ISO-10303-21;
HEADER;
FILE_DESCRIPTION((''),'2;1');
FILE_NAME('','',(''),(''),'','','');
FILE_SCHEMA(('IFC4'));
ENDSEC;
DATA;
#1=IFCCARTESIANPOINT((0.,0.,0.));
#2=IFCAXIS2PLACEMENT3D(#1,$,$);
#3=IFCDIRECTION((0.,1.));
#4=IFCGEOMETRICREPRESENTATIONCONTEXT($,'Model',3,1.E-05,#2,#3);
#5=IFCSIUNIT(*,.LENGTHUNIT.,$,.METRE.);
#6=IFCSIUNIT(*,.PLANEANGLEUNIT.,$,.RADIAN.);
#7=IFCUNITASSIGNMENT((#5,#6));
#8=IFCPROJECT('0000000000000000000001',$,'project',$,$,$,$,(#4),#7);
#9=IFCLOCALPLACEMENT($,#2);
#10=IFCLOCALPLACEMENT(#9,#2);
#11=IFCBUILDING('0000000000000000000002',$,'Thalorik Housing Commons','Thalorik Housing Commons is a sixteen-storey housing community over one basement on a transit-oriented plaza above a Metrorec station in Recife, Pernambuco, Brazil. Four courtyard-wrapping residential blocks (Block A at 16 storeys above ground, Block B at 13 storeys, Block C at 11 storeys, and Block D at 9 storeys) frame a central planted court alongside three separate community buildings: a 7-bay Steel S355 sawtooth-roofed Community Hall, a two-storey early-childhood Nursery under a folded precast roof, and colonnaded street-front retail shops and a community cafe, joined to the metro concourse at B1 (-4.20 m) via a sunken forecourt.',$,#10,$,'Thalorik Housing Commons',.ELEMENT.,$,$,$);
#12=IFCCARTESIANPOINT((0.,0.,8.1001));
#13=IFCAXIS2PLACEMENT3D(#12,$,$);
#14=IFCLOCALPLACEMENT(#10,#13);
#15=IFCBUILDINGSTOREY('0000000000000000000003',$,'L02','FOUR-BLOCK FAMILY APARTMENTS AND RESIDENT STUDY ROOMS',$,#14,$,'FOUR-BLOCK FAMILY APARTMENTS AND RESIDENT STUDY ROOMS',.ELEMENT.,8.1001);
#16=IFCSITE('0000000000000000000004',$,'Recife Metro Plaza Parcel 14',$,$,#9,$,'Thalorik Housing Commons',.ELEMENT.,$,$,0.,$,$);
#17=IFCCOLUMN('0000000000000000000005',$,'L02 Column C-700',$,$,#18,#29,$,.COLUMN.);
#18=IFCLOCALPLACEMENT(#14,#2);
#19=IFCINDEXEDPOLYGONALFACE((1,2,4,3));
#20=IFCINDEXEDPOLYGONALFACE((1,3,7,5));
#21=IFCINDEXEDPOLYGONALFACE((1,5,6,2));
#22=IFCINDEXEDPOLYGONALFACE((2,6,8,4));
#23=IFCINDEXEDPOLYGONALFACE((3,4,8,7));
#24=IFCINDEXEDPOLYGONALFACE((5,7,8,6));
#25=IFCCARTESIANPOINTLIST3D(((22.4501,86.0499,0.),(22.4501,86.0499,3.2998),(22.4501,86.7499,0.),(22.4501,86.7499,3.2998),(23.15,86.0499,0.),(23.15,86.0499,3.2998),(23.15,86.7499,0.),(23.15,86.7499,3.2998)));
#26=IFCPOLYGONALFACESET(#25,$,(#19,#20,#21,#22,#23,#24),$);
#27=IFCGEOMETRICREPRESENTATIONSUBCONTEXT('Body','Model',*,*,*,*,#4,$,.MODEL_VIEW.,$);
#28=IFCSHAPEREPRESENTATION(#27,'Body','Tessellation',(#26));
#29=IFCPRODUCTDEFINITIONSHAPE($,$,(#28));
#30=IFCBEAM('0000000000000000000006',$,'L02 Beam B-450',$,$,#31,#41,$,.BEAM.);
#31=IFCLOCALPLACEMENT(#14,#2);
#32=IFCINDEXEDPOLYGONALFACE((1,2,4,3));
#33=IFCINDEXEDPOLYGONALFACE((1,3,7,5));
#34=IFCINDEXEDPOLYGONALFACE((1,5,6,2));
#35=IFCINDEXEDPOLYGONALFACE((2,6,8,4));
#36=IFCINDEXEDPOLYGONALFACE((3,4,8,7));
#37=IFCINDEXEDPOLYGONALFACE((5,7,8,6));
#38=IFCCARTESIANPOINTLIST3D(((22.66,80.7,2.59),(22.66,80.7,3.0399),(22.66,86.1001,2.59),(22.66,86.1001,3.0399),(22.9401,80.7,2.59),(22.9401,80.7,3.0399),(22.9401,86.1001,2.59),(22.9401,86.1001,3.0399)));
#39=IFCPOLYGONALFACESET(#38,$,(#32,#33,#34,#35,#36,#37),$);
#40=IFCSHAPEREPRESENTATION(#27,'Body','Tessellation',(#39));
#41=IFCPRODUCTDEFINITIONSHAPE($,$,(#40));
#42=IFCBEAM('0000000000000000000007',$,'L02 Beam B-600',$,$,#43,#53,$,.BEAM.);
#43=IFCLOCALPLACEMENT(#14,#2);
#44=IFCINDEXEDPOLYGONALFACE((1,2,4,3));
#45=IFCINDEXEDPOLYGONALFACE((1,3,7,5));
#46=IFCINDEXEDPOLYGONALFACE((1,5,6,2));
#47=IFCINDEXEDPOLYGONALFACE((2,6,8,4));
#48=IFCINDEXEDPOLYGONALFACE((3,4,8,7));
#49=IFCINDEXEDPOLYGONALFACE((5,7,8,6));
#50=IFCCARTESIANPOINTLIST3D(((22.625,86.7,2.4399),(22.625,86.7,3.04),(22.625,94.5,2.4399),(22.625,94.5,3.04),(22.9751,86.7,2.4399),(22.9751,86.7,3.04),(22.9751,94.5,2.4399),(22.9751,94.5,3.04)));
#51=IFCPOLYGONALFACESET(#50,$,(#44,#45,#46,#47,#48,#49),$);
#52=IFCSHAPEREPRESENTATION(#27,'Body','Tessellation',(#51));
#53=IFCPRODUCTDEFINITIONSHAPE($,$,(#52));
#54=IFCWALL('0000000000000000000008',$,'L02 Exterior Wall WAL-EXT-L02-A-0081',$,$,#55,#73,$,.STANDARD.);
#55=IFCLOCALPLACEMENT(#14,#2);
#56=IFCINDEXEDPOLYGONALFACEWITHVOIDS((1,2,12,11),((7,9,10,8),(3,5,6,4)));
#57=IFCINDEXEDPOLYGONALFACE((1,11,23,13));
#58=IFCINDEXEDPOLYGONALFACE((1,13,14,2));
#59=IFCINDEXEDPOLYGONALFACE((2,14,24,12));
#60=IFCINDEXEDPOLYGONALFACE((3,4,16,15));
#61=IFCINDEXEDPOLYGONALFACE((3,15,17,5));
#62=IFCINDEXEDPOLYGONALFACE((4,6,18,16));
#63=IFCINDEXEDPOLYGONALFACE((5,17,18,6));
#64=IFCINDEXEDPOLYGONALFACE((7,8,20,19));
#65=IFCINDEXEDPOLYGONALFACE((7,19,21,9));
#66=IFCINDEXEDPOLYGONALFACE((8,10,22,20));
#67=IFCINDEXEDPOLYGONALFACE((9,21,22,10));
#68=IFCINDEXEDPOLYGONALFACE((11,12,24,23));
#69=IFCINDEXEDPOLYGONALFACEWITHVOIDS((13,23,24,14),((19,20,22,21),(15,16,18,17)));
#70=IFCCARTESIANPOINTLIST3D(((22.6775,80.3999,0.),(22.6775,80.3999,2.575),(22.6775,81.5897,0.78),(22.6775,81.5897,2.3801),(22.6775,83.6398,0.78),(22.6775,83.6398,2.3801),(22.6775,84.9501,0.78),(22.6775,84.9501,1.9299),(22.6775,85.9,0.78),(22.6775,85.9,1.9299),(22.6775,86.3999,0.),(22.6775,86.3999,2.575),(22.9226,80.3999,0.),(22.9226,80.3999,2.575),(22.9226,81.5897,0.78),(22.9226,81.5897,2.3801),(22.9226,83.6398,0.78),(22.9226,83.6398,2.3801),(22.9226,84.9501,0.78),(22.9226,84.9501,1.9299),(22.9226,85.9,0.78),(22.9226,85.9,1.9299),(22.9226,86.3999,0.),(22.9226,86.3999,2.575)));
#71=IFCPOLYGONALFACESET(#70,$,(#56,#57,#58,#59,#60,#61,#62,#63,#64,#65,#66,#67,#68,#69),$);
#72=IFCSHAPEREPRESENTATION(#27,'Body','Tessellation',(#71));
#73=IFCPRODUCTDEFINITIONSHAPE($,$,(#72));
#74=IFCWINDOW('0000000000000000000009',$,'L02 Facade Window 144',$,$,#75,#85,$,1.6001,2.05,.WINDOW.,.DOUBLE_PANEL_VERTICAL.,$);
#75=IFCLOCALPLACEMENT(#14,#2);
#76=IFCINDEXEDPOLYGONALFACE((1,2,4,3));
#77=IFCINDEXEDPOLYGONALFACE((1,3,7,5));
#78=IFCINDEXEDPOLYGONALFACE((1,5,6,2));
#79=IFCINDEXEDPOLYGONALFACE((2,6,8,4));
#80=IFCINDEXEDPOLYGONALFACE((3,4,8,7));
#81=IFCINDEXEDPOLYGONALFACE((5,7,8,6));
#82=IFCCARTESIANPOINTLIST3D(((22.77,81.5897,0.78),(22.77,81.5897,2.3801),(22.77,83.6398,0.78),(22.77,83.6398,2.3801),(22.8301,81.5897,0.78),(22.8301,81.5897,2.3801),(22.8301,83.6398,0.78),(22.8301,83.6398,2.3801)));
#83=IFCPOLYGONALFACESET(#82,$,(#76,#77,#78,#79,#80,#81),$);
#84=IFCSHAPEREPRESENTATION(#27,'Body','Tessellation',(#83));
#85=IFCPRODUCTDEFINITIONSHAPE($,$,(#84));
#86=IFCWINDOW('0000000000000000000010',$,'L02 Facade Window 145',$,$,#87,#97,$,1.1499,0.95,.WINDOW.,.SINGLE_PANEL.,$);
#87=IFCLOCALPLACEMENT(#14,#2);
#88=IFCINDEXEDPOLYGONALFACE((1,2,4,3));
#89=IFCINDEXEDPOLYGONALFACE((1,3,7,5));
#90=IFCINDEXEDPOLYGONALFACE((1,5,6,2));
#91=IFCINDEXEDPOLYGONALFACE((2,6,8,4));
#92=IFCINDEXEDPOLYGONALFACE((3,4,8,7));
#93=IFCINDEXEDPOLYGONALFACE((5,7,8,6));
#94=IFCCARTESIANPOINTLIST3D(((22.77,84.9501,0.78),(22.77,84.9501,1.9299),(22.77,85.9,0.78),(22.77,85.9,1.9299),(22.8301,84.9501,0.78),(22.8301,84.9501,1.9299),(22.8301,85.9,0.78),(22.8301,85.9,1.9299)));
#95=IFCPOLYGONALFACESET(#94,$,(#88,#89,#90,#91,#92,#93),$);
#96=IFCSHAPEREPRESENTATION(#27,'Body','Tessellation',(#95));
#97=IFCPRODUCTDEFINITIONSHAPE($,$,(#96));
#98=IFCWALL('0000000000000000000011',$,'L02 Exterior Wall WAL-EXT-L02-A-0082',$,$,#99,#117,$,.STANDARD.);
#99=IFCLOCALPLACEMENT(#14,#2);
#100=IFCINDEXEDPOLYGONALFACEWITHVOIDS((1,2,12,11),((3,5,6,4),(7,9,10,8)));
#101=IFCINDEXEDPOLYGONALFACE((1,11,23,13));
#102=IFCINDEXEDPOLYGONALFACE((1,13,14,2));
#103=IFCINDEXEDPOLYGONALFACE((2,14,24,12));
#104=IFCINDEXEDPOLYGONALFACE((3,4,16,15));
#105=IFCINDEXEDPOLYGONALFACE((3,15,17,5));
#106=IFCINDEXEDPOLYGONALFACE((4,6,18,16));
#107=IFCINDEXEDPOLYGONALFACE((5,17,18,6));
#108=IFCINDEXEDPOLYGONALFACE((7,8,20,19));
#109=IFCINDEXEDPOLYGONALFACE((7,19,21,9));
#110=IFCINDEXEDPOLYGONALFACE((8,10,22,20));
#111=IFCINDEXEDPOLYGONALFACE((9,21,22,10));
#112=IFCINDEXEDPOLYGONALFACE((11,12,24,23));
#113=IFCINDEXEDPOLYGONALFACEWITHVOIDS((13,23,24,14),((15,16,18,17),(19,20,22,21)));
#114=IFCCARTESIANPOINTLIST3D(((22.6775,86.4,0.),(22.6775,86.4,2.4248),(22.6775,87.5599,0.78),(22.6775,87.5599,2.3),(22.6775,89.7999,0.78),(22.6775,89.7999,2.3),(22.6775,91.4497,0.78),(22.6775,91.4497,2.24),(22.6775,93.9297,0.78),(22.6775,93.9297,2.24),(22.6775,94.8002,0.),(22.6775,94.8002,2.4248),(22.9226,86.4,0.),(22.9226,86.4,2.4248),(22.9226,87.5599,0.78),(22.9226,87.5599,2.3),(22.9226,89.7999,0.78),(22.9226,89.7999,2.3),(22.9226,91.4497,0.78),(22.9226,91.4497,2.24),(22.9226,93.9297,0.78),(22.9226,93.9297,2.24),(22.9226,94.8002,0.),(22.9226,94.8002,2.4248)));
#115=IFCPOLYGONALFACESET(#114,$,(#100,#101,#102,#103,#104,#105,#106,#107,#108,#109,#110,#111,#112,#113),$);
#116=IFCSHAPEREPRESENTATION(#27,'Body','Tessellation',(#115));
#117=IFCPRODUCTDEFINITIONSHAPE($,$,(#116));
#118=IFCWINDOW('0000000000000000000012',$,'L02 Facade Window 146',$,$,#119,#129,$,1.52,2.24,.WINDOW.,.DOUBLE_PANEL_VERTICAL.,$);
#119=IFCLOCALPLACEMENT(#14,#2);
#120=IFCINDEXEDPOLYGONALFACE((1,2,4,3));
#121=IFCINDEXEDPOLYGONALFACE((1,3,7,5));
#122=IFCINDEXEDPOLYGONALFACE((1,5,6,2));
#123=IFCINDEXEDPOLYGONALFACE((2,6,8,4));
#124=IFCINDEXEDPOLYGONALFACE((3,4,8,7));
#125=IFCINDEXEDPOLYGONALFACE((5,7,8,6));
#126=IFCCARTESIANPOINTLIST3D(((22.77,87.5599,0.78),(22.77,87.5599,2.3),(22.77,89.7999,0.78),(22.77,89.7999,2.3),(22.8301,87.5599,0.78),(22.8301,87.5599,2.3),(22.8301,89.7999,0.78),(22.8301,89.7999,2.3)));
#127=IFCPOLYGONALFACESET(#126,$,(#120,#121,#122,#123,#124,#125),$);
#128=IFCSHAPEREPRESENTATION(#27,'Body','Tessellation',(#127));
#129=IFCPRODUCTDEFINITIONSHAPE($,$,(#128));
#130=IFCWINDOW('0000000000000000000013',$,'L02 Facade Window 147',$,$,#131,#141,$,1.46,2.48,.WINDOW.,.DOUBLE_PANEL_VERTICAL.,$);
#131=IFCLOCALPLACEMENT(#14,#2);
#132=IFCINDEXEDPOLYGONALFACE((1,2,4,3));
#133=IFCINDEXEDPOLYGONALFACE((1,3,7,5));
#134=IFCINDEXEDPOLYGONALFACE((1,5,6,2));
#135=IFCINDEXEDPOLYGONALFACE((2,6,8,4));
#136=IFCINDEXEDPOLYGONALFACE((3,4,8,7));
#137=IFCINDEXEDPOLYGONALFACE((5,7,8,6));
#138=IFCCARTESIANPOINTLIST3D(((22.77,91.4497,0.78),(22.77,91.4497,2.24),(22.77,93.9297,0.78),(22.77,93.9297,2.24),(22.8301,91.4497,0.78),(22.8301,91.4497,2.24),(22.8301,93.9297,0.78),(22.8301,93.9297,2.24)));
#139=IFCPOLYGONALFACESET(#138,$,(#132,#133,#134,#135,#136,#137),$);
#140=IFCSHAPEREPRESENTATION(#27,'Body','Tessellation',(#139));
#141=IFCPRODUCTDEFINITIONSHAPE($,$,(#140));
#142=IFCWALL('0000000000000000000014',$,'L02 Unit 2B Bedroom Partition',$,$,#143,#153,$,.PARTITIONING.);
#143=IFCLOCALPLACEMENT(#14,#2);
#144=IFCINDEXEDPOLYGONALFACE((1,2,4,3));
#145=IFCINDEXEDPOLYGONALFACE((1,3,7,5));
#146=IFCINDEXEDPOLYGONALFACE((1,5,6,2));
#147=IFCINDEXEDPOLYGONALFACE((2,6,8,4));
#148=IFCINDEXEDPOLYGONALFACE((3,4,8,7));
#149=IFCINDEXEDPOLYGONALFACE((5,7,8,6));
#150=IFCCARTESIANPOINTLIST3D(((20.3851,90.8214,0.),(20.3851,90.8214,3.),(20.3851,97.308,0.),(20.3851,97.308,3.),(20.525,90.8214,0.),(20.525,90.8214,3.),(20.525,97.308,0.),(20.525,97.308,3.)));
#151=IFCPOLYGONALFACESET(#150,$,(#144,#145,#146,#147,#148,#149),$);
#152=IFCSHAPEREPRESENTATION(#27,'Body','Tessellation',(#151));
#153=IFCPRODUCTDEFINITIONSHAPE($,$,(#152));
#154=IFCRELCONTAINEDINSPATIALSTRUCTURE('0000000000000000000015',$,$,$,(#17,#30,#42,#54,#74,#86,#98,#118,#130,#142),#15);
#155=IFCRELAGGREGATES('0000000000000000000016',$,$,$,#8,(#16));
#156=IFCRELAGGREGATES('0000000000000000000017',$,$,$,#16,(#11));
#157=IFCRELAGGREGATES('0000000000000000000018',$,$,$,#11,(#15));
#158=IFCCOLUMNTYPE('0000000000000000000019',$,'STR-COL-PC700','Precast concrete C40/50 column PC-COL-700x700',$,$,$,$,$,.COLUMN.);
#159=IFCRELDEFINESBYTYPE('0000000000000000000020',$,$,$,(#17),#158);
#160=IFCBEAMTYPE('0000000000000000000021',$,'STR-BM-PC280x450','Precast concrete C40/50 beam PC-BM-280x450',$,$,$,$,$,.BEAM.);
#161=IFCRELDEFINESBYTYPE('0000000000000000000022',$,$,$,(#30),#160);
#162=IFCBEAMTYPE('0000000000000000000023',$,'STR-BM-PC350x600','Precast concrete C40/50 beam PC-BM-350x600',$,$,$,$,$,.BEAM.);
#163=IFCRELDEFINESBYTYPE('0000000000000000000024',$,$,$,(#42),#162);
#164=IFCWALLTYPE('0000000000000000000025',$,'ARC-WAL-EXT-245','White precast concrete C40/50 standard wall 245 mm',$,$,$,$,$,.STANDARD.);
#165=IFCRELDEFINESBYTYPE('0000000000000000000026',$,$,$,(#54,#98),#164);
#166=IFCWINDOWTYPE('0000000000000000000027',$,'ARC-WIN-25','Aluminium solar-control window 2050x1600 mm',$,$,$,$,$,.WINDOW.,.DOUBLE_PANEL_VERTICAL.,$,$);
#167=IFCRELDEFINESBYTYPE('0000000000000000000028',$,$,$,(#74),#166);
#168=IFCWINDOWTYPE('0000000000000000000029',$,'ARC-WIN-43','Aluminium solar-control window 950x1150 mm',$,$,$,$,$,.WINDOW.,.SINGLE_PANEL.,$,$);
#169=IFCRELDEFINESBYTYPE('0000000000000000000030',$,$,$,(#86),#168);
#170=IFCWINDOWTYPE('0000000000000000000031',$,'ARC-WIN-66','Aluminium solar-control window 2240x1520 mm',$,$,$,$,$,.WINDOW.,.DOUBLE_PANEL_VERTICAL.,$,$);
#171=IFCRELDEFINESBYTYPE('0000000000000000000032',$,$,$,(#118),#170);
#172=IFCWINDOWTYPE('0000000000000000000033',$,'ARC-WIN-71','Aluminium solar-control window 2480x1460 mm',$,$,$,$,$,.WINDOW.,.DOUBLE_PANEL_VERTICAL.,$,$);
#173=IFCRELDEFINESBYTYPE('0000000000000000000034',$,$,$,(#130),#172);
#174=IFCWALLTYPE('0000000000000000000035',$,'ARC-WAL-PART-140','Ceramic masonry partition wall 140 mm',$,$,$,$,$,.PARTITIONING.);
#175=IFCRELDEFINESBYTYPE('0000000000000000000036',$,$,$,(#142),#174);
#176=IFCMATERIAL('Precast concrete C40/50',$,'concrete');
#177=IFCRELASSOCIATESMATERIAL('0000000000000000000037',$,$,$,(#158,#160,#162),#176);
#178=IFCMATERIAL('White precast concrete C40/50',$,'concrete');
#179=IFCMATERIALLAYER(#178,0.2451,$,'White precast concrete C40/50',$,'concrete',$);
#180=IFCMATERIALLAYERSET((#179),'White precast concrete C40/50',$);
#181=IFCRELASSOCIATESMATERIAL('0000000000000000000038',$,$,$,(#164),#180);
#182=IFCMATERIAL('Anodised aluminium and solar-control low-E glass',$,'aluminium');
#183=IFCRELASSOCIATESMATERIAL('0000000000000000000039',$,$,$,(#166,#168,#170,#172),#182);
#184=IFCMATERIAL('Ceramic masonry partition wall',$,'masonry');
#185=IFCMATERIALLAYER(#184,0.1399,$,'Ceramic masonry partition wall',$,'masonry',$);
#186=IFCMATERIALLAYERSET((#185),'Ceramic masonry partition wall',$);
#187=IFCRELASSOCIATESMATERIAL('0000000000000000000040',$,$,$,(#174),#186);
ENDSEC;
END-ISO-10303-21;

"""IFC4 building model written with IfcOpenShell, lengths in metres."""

from ifc_helpers import new_model, si_unit, direction, frame, frame_2d, origin, origin_2d, place, context, subcontext, project, spatial, rectangle, extrude, material, layer, layer_set, material_profile, profile_set, type_object, element, fill, save


model = new_model("IFC4")

# Units and contexts
model_context = context("Model", 3, precision=1e-05, world=origin(), true_north=direction((0.0, 1.0)))
body_context = subcontext(model_context, "Body", "Model", "MODEL_VIEW")
ifc_project = project(units=[si_unit("LENGTHUNIT", "METRE"), si_unit("PLANEANGLEUNIT", "RADIAN")], contexts=[model_context])

# Site, building, storey
site_placement = place(None, origin())
site = spatial("IfcSite", under=ifc_project, at=site_placement, Name="Recife Metro Plaza Parcel 14", LongName="Thalorik Housing Commons", CompositionType="ELEMENT", RefElevation=0.0)
building_placement = place(site_placement, origin())
building = spatial("IfcBuilding", under=site, at=building_placement, Name="Thalorik Housing Commons", Description="Thalorik Housing Commons is a sixteen-storey housing community over one basement on a transit-oriented plaza above a Metrorec station in Recife, Pernambuco, Brazil. Four courtyard-wrapping residential blocks (Block A at 16 storeys above ground, Block B at 13 storeys, Block C at 11 storeys, and Block D at 9 storeys) frame a central planted court alongside three separate community buildings: a 7-bay Steel S355 sawtooth-roofed Community Hall, a two-storey early-childhood Nursery under a folded precast roof, and colonnaded street-front retail shops and a community cafe, joined to the metro concourse at B1 (-4.20 m) via a sunken forecourt.", LongName="Thalorik Housing Commons", CompositionType="ELEMENT")
storey_placement = place(building_placement, frame((0.0, 0.0, 8.1001)))
storey = spatial("IfcBuildingStorey", under=building, at=storey_placement, Name="L02", Description="FOUR-BLOCK FAMILY APARTMENTS AND RESIDENT STUDY ROOMS", LongName="FOUR-BLOCK FAMILY APARTMENTS AND RESIDENT STUDY ROOMS", CompositionType="ELEMENT", Elevation=8.1001)

# Column
ifc_material_1 = material(Name="Precast concrete C40/50", Category="concrete")
ifc_material_profile_1 = material_profile(ifc_material_1, rectangle(XDim=0.7, YDim=0.7, at=origin_2d()), Name="PC 700x700", Category="concrete")
ifc_profile_set_1 = profile_set([ifc_material_profile_1], Name="Precast concrete C40/50")
column_type = type_object("IfcColumnType", Name="STR-COL-PC700", Description="Precast concrete C40/50 column PC-COL-700x700", PredefinedType="COLUMN", material=ifc_profile_set_1)
column_placement = place(storey_placement, frame((22.8, 86.3999, 0.0), z_axis=(0.0, 0.0, 1.0), x_axis=(1.0, 0.0, 0.0)))
element("IfcColumn", 1, at=column_placement, inside=storey, type_object=column_type, Name="L02 Column C-700", PredefinedType="COLUMN", context=body_context, shape_type="SweptSolid", body=[
    extrude(rectangle(XDim=0.7, YDim=0.7, at=origin_2d()), origin(), (0.0, 0.0, 1.0), 3.2998),
])

# Beams
ifc_material_profile_2 = material_profile(ifc_material_1, rectangle(XDim=0.28, YDim=0.45, at=origin_2d()), Name="PC 280x450", Category="concrete")
ifc_profile_set_2 = profile_set([ifc_material_profile_2], Name="Precast concrete C40/50")
beam_type_1 = type_object("IfcBeamType", Name="STR-BM-PC280x450", Description="Precast concrete C40/50 beam PC-BM-280x450", PredefinedType="BEAM", material=ifc_profile_set_2)
beam_1_placement = place(storey_placement, frame((22.8, 80.7, 2.8149), z_axis=(0.0, 1.0, 0.0), x_axis=(-1.0, 0.0, 0.0)))
element("IfcBeam", 2, at=beam_1_placement, inside=storey, type_object=beam_type_1, Name="L02 Beam B-450", PredefinedType="BEAM", context=body_context, shape_type="SweptSolid", body=[
    extrude(rectangle(XDim=0.28, YDim=0.45, at=origin_2d()), origin(), (0.0, 0.0, 1.0), 5.4001),
])
ifc_material_profile_3 = material_profile(ifc_material_1, rectangle(XDim=0.3501, YDim=0.6001, at=origin_2d()), Name="PC 350x600", Category="concrete")
ifc_profile_set_3 = profile_set([ifc_material_profile_3], Name="Precast concrete C40/50")
beam_type_2 = type_object("IfcBeamType", Name="STR-BM-PC350x600", Description="Precast concrete C40/50 beam PC-BM-350x600", PredefinedType="BEAM", material=ifc_profile_set_3)
beam_2_placement = place(storey_placement, frame((22.8, 86.7, 2.74), z_axis=(0.0, 1.0, 0.0), x_axis=(-1.0, 0.0, 0.0)))
element("IfcBeam", 3, at=beam_2_placement, inside=storey, type_object=beam_type_2, Name="L02 Beam B-600", PredefinedType="BEAM", context=body_context, shape_type="SweptSolid", body=[
    extrude(rectangle(XDim=0.3501, YDim=0.6001, at=origin_2d()), origin(), (0.0, 0.0, 1.0), 7.8),
])

# Walls, openings, windows
ifc_material_2 = material(Name="White precast concrete C40/50", Category="concrete")
ifc_layer_1 = layer(ifc_material_2, 0.2451, Name="White precast concrete C40/50", Category="concrete")
ifc_layer_set_1 = layer_set([ifc_layer_1], Name="White precast concrete C40/50")
wall_type_1 = type_object("IfcWallType", Name="ARC-WAL-EXT-245", Description="White precast concrete C40/50 standard wall 245 mm", PredefinedType="STANDARD", material=ifc_layer_set_1)
wall_1_placement = place(storey_placement, frame((22.8, 80.3999, 0.0), z_axis=(0.0, 0.0, 1.0), x_axis=(0.0, 1.0, 0.0)))
wall_1 = element("IfcWall", 4, at=wall_1_placement, inside=storey, type_object=wall_type_1, Name="L02 Exterior Wall WAL-EXT-L02-A-0081", PredefinedType="STANDARD", context=body_context, shape_type="SweptSolid", body=[
    extrude(rectangle(XDim=6.0, YDim=0.2451, at=frame_2d((3.0, 0.0))), origin(), (0.0, 0.0, 1.0), 2.575),
])
opening_1_placement = place(wall_1_placement, frame((1.1899, 0.0, 0.78)))
opening_1 = element("IfcOpeningElement", 5, at=opening_1_placement, cuts=wall_1, PredefinedType="OPENING", context=body_context, shape_type="SweptSolid", body=[
    extrude(rectangle(XDim=2.05, YDim=1.6001, at=frame_2d((1.0249, 0.8))), frame((0.0, 0.1326, 0.0), z_axis=(0.0, -1.0, 0.0), x_axis=(1.0, 0.0, 0.0)), (0.0, 0.0, 1.0), 0.2651),
])
opening_2_placement = place(wall_1_placement, frame((4.55, 0.0, 0.78)))
opening_2 = element("IfcOpeningElement", 6, at=opening_2_placement, cuts=wall_1, PredefinedType="OPENING", context=body_context, shape_type="SweptSolid", body=[
    extrude(rectangle(XDim=0.95, YDim=1.1499, at=frame_2d((0.4751, 0.575))), frame((0.0, 0.1326, 0.0), z_axis=(0.0, -1.0, 0.0), x_axis=(1.0, 0.0, 0.0)), (0.0, 0.0, 1.0), 0.2651),
])
ifc_material_3 = material(Name="Anodised aluminium and solar-control low-E glass", Category="aluminium")
window_type_1 = type_object("IfcWindowType", Name="ARC-WIN-25", Description="Aluminium solar-control window 2050x1600 mm", PartitioningType="DOUBLE_PANEL_VERTICAL", PredefinedType="WINDOW", material=ifc_material_3)
window_1_placement = place(opening_1_placement, origin())
window_1 = element("IfcWindow", 7, at=window_1_placement, inside=storey, type_object=window_type_1, Name="L02 Facade Window 144", OverallHeight=1.6001, OverallWidth=2.05, PartitioningType="DOUBLE_PANEL_VERTICAL", PredefinedType="WINDOW", context=body_context, shape_type="SweptSolid", body=[
    extrude(rectangle(XDim=2.05, YDim=1.6001, at=frame_2d((1.0249, 0.8))), frame((0.0, 0.03, 0.0), z_axis=(0.0, -1.0, 0.0), x_axis=(1.0, 0.0, 0.0)), (0.0, 0.0, 1.0), 0.0601),
])
fill(opening_1, window_1)
window_type_2 = type_object("IfcWindowType", Name="ARC-WIN-43", Description="Aluminium solar-control window 950x1150 mm", PartitioningType="SINGLE_PANEL", PredefinedType="WINDOW", material=ifc_material_3)
window_2_placement = place(opening_2_placement, origin())
window_2 = element("IfcWindow", 8, at=window_2_placement, inside=storey, type_object=window_type_2, Name="L02 Facade Window 145", OverallHeight=1.1499, OverallWidth=0.95, PartitioningType="SINGLE_PANEL", PredefinedType="WINDOW", context=body_context, shape_type="SweptSolid", body=[
    extrude(rectangle(XDim=0.95, YDim=1.1499, at=frame_2d((0.4751, 0.575))), frame((0.0, 0.03, 0.0), z_axis=(0.0, -1.0, 0.0), x_axis=(1.0, 0.0, 0.0)), (0.0, 0.0, 1.0), 0.0601),
])
fill(opening_2, window_2)
wall_2_placement = place(storey_placement, frame((22.8, 86.3999, 0.0), z_axis=(0.0, 0.0, 1.0), x_axis=(0.0, 1.0, 0.0)))
wall_2 = element("IfcWall", 9, at=wall_2_placement, inside=storey, type_object=wall_type_1, Name="L02 Exterior Wall WAL-EXT-L02-A-0082", PredefinedType="STANDARD", context=body_context, shape_type="SweptSolid", body=[
    extrude(rectangle(XDim=8.4001, YDim=0.2451, at=frame_2d((4.2002, 0.0))), origin(), (0.0, 0.0, 1.0), 2.4248),
])
opening_3_placement = place(wall_2_placement, frame((1.1599, 0.0, 0.78)))
opening_3 = element("IfcOpeningElement", 10, at=opening_3_placement, cuts=wall_2, PredefinedType="OPENING", context=body_context, shape_type="SweptSolid", body=[
    extrude(rectangle(XDim=2.24, YDim=1.52, at=frame_2d((1.1201, 0.76))), frame((0.0, 0.1326, 0.0), z_axis=(0.0, -1.0, 0.0), x_axis=(1.0, 0.0, 0.0)), (0.0, 0.0, 1.0), 0.2651),
])
opening_4_placement = place(wall_2_placement, frame((5.0498, 0.0, 0.78)))
opening_4 = element("IfcOpeningElement", 11, at=opening_4_placement, cuts=wall_2, PredefinedType="OPENING", context=body_context, shape_type="SweptSolid", body=[
    extrude(rectangle(XDim=2.48, YDim=1.46, at=frame_2d((1.24, 0.73))), frame((0.0, 0.1326, 0.0), z_axis=(0.0, -1.0, 0.0), x_axis=(1.0, 0.0, 0.0)), (0.0, 0.0, 1.0), 0.2651),
])
window_type_3 = type_object("IfcWindowType", Name="ARC-WIN-66", Description="Aluminium solar-control window 2240x1520 mm", PartitioningType="DOUBLE_PANEL_VERTICAL", PredefinedType="WINDOW", material=ifc_material_3)
window_3_placement = place(opening_3_placement, origin())
window_3 = element("IfcWindow", 12, at=window_3_placement, inside=storey, type_object=window_type_3, Name="L02 Facade Window 146", OverallHeight=1.52, OverallWidth=2.24, PartitioningType="DOUBLE_PANEL_VERTICAL", PredefinedType="WINDOW", context=body_context, shape_type="SweptSolid", body=[
    extrude(rectangle(XDim=2.24, YDim=1.52, at=frame_2d((1.1201, 0.76))), frame((0.0, 0.03, 0.0), z_axis=(0.0, -1.0, 0.0), x_axis=(1.0, 0.0, 0.0)), (0.0, 0.0, 1.0), 0.0601),
])
fill(opening_3, window_3)
window_type_4 = type_object("IfcWindowType", Name="ARC-WIN-71", Description="Aluminium solar-control window 2480x1460 mm", PartitioningType="DOUBLE_PANEL_VERTICAL", PredefinedType="WINDOW", material=ifc_material_3)
window_4_placement = place(opening_4_placement, origin())
window_4 = element("IfcWindow", 13, at=window_4_placement, inside=storey, type_object=window_type_4, Name="L02 Facade Window 147", OverallHeight=1.46, OverallWidth=2.48, PartitioningType="DOUBLE_PANEL_VERTICAL", PredefinedType="WINDOW", context=body_context, shape_type="SweptSolid", body=[
    extrude(rectangle(XDim=2.48, YDim=1.46, at=frame_2d((1.24, 0.73))), frame((0.0, 0.03, 0.0), z_axis=(0.0, -1.0, 0.0), x_axis=(1.0, 0.0, 0.0)), (0.0, 0.0, 1.0), 0.0601),
])
fill(opening_4, window_4)

# Wall
ifc_material_4 = material(Name="Ceramic masonry partition wall", Category="masonry")
ifc_layer_2 = layer(ifc_material_4, 0.1399, Name="Ceramic masonry partition wall", Category="masonry")
ifc_layer_set_2 = layer_set([ifc_layer_2], Name="Ceramic masonry partition wall")
wall_type_2 = type_object("IfcWallType", Name="ARC-WAL-PART-140", Description="Ceramic masonry partition wall 140 mm", PredefinedType="PARTITIONING", material=ifc_layer_set_2)
wall_3_placement = place(storey_placement, frame((20.4551, 90.8215, 0.0), z_axis=(0.0, 0.0, 1.0), x_axis=(0.0, 1.0, 0.0)))
element("IfcWall", 14, at=wall_3_placement, inside=storey, type_object=wall_type_2, Name="L02 Unit 2B Bedroom Partition", PredefinedType="PARTITIONING", context=body_context, shape_type="SweptSolid", body=[
    extrude(rectangle(XDim=6.4866, YDim=0.1399, at=frame_2d((3.2432, 0.0))), origin(), (0.0, 0.0, 1.0), 3.0),
])

save(model, "model.ifc")
